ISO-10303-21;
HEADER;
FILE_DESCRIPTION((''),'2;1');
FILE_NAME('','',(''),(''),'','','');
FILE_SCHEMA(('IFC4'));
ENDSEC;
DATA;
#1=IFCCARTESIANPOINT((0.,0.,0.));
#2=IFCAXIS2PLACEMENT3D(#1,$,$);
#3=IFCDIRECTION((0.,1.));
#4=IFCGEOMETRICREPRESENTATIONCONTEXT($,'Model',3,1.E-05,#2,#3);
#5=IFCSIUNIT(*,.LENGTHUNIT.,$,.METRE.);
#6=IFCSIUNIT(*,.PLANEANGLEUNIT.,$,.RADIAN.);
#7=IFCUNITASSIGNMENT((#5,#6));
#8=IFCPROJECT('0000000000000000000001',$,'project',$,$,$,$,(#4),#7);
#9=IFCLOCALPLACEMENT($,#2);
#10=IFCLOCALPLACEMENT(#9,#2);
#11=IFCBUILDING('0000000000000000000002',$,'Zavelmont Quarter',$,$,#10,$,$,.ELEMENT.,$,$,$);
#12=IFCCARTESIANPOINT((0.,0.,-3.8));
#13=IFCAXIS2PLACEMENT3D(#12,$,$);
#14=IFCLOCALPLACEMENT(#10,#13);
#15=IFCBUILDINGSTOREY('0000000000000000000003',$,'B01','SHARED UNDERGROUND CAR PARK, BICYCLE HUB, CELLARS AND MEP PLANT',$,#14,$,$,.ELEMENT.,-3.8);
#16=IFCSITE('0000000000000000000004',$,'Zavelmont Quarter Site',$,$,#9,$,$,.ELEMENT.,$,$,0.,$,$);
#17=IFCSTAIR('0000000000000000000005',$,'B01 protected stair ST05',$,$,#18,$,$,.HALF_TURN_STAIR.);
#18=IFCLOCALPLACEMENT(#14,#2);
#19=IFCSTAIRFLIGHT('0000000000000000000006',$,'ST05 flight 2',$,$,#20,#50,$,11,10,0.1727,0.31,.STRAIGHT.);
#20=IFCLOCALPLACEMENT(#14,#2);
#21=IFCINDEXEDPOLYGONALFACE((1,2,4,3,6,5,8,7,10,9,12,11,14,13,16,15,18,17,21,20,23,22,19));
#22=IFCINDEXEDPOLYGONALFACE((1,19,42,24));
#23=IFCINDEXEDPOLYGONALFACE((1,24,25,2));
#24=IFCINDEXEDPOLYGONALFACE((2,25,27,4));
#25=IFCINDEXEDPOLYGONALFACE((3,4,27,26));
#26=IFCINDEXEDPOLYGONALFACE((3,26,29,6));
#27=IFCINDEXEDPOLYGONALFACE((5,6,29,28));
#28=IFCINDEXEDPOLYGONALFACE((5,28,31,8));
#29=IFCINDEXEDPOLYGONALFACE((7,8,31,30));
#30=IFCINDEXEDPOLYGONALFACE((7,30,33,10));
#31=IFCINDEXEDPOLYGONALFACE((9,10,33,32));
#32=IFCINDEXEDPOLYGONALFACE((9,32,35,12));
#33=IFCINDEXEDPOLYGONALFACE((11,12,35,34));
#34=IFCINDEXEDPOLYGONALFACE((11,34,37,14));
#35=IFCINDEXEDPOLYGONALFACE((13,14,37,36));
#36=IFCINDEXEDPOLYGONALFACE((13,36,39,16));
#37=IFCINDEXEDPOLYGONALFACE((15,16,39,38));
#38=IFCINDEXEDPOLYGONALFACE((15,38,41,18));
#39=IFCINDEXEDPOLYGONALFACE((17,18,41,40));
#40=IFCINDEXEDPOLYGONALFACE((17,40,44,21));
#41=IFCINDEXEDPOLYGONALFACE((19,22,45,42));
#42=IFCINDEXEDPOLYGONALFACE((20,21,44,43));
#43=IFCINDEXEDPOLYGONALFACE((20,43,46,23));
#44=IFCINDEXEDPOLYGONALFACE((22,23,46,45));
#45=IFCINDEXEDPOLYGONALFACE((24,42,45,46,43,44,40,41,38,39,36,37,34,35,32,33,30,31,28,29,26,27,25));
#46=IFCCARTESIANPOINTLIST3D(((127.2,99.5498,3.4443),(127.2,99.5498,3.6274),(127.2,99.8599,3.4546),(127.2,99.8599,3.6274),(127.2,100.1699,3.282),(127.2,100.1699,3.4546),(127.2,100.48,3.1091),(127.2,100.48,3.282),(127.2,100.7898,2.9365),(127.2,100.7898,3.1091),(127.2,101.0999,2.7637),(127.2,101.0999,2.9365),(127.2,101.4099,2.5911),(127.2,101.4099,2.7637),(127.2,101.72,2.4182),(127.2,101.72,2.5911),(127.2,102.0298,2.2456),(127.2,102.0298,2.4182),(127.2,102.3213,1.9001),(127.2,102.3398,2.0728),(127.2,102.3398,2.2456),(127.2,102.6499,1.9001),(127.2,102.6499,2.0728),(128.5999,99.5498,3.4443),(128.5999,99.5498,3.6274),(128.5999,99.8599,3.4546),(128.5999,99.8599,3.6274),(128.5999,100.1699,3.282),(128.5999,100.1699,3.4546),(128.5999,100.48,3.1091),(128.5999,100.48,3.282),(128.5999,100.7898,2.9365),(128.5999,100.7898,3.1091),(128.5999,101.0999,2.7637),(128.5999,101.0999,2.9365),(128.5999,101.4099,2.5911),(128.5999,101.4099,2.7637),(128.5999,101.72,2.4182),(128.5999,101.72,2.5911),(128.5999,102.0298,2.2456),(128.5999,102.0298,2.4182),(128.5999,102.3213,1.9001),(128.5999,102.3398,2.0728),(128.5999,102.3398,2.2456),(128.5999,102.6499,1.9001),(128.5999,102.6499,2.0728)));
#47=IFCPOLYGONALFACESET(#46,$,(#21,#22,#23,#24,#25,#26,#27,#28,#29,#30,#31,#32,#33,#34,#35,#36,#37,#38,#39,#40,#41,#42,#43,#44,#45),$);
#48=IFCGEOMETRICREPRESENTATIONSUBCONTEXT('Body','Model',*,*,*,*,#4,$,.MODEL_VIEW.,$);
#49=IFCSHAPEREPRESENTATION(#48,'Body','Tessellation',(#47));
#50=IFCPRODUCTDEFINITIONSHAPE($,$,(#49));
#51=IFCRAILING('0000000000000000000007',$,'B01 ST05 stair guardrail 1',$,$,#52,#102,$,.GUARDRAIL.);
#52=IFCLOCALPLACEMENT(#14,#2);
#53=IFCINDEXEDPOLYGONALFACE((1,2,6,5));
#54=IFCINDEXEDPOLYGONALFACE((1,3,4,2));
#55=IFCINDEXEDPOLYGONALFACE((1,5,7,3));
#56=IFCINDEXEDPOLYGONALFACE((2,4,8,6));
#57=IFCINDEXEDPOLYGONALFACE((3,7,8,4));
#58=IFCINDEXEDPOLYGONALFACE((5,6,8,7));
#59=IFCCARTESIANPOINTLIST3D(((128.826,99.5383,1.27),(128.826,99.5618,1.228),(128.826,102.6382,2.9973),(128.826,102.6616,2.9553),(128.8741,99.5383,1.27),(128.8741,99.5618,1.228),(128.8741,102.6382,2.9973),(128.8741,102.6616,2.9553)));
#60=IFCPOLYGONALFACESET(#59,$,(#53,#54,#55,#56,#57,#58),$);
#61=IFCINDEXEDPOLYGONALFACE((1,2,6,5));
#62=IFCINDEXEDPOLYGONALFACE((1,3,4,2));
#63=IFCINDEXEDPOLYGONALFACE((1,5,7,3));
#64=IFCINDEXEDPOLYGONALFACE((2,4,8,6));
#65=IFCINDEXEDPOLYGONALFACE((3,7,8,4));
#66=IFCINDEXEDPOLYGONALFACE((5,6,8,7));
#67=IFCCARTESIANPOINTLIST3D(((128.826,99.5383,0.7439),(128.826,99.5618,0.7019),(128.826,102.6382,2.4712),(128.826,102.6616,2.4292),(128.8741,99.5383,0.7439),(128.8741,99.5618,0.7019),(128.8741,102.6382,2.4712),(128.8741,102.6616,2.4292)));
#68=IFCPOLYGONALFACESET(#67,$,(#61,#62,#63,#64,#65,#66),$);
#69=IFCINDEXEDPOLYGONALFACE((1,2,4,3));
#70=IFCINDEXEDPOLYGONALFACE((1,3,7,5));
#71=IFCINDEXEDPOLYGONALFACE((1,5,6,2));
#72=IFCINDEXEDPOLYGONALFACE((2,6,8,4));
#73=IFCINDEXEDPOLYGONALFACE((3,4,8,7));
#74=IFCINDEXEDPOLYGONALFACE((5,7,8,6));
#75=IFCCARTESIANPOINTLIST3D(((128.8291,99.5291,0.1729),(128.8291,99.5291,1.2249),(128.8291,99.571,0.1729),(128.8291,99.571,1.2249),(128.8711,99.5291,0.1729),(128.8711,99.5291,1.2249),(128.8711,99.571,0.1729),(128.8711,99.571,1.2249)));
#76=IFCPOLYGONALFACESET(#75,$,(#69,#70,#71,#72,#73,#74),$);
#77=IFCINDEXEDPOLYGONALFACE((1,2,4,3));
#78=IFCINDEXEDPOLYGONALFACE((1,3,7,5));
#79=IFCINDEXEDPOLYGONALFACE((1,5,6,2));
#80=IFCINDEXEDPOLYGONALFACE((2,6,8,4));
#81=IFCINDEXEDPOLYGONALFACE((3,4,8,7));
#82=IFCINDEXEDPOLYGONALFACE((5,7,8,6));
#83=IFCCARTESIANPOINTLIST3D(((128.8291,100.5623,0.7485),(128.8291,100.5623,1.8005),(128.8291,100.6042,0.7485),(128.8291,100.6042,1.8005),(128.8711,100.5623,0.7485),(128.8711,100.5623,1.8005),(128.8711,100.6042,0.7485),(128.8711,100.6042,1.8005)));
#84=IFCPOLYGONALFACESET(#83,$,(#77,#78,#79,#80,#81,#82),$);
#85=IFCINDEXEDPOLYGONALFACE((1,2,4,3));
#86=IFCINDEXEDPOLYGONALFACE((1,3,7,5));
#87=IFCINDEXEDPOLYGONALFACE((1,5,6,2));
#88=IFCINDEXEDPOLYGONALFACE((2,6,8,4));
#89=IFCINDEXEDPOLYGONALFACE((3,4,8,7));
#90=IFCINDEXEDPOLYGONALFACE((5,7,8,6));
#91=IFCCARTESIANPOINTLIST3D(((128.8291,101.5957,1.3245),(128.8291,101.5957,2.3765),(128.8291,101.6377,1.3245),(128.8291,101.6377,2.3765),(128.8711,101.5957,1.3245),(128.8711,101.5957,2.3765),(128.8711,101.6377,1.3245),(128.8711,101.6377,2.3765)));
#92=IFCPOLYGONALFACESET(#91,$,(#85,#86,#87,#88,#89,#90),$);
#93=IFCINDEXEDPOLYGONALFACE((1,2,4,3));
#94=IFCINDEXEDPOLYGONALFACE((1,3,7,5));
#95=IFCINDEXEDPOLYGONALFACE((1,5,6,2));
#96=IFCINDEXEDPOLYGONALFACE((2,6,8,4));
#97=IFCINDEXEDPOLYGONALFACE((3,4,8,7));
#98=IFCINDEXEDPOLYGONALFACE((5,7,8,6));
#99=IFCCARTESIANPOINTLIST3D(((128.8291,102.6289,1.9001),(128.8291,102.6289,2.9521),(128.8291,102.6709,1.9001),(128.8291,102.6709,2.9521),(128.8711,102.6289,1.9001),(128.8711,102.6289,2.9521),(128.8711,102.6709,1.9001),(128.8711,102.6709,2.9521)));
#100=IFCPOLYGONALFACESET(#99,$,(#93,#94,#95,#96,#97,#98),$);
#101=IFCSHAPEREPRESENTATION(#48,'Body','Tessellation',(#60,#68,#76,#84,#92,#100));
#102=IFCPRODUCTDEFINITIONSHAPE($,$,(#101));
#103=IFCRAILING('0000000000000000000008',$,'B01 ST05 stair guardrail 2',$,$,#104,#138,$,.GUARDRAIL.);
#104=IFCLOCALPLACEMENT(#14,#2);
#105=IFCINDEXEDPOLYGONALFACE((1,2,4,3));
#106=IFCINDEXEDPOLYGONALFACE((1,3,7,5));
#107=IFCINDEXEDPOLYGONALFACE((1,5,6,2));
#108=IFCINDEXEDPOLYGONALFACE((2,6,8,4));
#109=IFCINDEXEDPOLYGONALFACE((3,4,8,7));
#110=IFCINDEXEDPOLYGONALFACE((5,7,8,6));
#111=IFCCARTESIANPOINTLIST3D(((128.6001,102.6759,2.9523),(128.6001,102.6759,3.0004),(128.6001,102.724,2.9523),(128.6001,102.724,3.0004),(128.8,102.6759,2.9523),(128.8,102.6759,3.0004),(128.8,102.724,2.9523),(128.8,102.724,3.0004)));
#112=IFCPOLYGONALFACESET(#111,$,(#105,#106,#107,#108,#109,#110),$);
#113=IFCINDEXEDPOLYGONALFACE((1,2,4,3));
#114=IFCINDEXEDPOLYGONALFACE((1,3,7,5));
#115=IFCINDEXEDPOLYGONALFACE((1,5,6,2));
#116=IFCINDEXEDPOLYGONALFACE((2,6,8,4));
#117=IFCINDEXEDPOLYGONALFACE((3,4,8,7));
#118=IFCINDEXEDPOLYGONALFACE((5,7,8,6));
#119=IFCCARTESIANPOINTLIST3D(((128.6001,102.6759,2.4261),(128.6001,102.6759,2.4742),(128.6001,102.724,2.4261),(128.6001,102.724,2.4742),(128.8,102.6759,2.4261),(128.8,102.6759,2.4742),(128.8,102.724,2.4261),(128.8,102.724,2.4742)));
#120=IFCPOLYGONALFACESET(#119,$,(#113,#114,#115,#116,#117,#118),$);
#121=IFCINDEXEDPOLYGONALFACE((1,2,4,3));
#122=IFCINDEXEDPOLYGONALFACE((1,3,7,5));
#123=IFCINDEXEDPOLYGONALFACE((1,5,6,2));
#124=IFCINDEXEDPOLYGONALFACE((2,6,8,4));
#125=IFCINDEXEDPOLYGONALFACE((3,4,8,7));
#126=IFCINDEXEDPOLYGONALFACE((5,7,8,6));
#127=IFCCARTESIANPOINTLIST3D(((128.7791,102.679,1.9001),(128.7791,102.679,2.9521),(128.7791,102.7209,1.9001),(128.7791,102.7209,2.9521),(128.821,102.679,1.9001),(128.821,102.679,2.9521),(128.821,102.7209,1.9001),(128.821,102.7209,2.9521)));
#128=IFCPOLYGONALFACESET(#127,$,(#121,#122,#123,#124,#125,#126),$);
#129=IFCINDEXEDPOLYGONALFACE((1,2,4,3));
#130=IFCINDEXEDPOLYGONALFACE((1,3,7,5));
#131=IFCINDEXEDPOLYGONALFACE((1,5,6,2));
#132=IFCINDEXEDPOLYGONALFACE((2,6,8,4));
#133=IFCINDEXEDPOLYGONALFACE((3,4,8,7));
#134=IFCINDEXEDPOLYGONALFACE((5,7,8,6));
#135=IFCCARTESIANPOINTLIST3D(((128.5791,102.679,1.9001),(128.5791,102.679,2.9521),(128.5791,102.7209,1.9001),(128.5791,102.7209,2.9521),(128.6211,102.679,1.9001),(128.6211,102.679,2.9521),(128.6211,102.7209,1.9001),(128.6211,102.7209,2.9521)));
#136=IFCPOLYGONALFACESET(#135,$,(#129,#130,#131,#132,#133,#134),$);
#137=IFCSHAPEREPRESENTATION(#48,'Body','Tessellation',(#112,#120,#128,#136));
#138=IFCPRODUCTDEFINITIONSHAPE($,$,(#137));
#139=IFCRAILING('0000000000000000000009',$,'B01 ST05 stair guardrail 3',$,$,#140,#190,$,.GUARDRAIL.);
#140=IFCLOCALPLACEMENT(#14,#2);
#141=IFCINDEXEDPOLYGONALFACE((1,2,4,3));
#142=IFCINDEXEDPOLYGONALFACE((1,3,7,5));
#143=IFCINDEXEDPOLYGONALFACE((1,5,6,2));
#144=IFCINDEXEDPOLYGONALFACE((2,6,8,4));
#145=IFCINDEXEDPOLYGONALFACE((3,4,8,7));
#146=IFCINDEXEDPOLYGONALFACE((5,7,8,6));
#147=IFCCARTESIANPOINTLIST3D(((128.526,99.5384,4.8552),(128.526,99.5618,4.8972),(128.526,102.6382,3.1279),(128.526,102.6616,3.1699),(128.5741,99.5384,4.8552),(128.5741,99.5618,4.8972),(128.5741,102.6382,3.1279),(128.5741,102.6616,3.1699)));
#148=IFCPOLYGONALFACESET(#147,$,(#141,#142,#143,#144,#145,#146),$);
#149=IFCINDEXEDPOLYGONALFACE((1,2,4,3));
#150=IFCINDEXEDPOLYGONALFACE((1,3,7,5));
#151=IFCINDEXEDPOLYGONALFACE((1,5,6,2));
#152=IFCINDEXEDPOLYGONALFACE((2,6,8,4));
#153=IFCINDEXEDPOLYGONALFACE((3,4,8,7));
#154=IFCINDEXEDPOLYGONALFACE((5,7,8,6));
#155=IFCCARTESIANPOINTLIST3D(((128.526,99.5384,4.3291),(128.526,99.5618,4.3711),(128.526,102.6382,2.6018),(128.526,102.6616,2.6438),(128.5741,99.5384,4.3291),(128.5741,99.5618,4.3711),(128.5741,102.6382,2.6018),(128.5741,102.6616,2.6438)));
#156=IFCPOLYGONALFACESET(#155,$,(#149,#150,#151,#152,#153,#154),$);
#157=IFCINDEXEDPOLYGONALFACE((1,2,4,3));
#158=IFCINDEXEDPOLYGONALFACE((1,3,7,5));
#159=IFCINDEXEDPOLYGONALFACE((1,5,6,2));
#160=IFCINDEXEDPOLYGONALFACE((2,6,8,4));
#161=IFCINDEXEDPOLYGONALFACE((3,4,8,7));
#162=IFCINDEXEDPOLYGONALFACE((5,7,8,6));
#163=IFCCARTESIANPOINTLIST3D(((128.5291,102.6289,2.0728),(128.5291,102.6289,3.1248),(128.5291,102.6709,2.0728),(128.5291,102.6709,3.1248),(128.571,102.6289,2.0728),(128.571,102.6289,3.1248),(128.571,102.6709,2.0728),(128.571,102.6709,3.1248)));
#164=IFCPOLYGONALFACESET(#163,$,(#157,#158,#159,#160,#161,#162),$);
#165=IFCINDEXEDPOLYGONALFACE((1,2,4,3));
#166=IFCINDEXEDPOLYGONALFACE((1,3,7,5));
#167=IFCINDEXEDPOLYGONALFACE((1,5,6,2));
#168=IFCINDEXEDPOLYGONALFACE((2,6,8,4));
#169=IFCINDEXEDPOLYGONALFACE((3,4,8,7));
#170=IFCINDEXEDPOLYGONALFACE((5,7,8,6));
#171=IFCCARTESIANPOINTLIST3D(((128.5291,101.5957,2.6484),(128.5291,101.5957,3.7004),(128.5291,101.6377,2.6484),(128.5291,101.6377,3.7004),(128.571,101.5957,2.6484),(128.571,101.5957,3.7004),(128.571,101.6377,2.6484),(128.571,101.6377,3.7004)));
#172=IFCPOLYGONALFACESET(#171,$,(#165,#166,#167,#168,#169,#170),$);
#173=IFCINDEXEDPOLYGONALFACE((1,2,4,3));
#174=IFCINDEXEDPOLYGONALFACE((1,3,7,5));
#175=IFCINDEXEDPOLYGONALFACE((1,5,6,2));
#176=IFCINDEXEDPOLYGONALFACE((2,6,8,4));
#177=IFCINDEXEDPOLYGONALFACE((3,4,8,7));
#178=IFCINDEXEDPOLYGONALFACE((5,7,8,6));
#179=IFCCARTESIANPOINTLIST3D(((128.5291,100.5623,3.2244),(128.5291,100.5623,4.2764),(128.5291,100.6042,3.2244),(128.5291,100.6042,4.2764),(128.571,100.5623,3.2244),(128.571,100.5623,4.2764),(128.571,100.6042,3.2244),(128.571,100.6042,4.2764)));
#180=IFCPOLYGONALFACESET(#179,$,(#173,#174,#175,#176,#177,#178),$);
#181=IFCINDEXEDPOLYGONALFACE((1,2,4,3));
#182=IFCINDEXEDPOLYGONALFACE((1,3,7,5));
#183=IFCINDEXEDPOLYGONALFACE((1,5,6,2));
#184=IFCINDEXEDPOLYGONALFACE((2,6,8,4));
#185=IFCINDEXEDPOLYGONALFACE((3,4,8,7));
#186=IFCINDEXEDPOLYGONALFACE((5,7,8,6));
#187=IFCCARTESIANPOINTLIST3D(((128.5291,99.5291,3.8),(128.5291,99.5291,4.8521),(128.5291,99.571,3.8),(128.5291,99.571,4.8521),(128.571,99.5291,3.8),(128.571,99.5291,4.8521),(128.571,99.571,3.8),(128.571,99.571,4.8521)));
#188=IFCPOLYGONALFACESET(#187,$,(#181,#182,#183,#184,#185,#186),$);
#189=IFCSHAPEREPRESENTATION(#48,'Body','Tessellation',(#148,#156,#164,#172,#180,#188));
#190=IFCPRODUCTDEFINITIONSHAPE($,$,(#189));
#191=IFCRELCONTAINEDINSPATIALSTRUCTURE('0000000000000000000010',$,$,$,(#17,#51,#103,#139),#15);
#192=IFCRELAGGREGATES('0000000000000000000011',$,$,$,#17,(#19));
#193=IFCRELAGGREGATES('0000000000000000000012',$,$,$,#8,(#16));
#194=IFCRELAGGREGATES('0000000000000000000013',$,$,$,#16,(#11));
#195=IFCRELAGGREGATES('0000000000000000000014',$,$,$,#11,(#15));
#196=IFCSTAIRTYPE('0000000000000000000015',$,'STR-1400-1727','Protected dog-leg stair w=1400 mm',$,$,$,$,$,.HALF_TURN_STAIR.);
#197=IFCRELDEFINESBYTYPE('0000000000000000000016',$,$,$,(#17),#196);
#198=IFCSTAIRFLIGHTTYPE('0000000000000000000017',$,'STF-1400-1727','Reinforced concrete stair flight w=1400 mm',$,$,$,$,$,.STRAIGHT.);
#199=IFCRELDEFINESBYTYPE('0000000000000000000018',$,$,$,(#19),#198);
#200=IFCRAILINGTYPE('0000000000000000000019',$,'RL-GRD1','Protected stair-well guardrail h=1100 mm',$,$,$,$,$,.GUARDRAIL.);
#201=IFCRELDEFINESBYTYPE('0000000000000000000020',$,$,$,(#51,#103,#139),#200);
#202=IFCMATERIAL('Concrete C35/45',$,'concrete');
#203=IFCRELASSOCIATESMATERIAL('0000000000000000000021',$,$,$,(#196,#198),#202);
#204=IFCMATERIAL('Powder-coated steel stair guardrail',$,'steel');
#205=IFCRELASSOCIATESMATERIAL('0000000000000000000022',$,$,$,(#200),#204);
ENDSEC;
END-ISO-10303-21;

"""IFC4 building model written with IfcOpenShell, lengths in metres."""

from ifc_helpers import new_model, si_unit, direction, frame, origin, origin_2d, place, context, subcontext, project, spatial, polyline, rectangle, outline, extrude, material, type_object, element, aggregate, save


model = new_model("IFC4")

# Units and contexts
model_context = context("Model", 3, precision=1e-05, world=origin(), true_north=direction((0.0, 1.0)))
body_context = subcontext(model_context, "Body", "Model", "MODEL_VIEW")
ifc_project = project(units=[si_unit("LENGTHUNIT", "METRE"), si_unit("PLANEANGLEUNIT", "RADIAN")], contexts=[model_context])

# Site, building, storey
site_placement = place(None, origin())
site = spatial("IfcSite", under=ifc_project, at=site_placement, Name="Zavelmont Quarter Site", CompositionType="ELEMENT", RefElevation=0.0)
building_placement = place(site_placement, origin())
building = spatial("IfcBuilding", under=site, at=building_placement, Name="Zavelmont Quarter", CompositionType="ELEMENT")
storey_placement = place(building_placement, frame((0.0, 0.0, -3.8)))
storey = spatial("IfcBuildingStorey", under=building, at=storey_placement, Name="B01", Description="SHARED UNDERGROUND CAR PARK, BICYCLE HUB, CELLARS AND MEP PLANT", CompositionType="ELEMENT", Elevation=-3.8)

# Shared definitions
ifc_material_1 = material(Name="Concrete C35/45", Category="concrete")

# Stair, stair flight
stair_type = type_object("IfcStairType", Name="STR-1400-1727", Description="Protected dog-leg stair w=1400 mm", PredefinedType="HALF_TURN_STAIR", material=ifc_material_1)
stair_placement = place(storey_placement, origin())
stair = element("IfcStair", 1, at=stair_placement, inside=storey, type_object=stair_type, Name="B01 protected stair ST05", PredefinedType="HALF_TURN_STAIR")
stair_flight_type = type_object("IfcStairFlightType", Name="STF-1400-1727", Description="Reinforced concrete stair flight w=1400 mm", PredefinedType="STRAIGHT", material=ifc_material_1)
stair_flight_1_placement = place(storey_placement, frame((127.8999, 102.6499, 1.9001), z_axis=(0.0, 0.0, 1.0), x_axis=(0.0, -1.0, 0.0)))
stair_flight_1 = element("IfcStairFlight", 2, at=stair_flight_1_placement, type_object=stair_flight_type, Name="ST05 flight 2", NumberOfRisers=11, NumberOfTreads=10, PredefinedType="STRAIGHT", RiserHeight=0.1727, TreadLength=0.31, context=body_context, shape_type="SweptSolid", body=[
    extrude(outline(polyline([(0.0, 0.0), (0.0, 0.1726), (0.3101, 0.1726), (0.3101, 0.3455), (0.6201, 0.3455), (0.6201, 0.5181), (0.9299, 0.5181), (0.9299, 0.6909), (1.24, 0.6909), (1.24, 0.8635), (1.55, 0.8635), (1.55, 1.0364), (1.8601, 1.0364), (1.8601, 1.209), (2.1699, 1.209), (2.1699, 1.3818), (2.48, 1.3818), (2.48, 1.5544), (2.79, 1.5544), (2.79, 1.7273), (3.1001, 1.7273), (3.1001, 1.8999), (3.1001, 1.5442), (0.3286, 0.0), (0.0, 0.0)])), frame((0.0, 0.7, 0.0), z_axis=(0.0, -1.0, 0.0), x_axis=(1.0, 0.0, 0.0)), (0.0, 0.0, 1.0), 1.3999),
])
aggregate(stair, [stair_flight_1])

# Railings
ifc_material_2 = material(Name="Powder-coated steel stair guardrail", Category="steel")
railing_type_1 = type_object("IfcRailingType", Name="RL-GRD1", Description="Protected stair-well guardrail h=1100 mm", PredefinedType="GUARDRAIL", material=ifc_material_2)
railing_1_placement = place(storey_placement, frame((128.8501, 99.55, 0.1729)))
element("IfcRailing", 3, at=railing_1_placement, inside=storey, type_object=railing_type_1, Name="B01 ST05 stair guardrail 1", PredefinedType="GUARDRAIL", context=body_context, shape_type="SweptSolid", body=[
    extrude(rectangle(XDim=0.0481, YDim=0.0481, at=origin_2d()), frame((0.0, 0.0, 1.0762), z_axis=(0.0, 0.87354, 0.486752), x_axis=(-1.0, 0.0, 0.0)), (0.0, 0.0, 1.0), 3.5486),
    extrude(rectangle(XDim=0.0481, YDim=0.0481, at=origin_2d()), frame((0.0, 0.0, 0.55), z_axis=(0.0, 0.87354, 0.486752), x_axis=(-1.0, 0.0, 0.0)), (0.0, 0.0, 1.0), 3.5486),
    extrude(rectangle(XDim=0.042, YDim=0.042, at=origin_2d()), origin(), (0.0, 0.0, 1.0), 1.052),
    extrude(rectangle(XDim=0.042, YDim=0.042, at=origin_2d()), frame((0.0, 1.0332, 0.5757)), (0.0, 0.0, 1.0), 1.052),
    extrude(rectangle(XDim=0.042, YDim=0.042, at=origin_2d()), frame((0.0, 2.0667, 1.1516)), (0.0, 0.0, 1.0), 1.052),
    extrude(rectangle(XDim=0.042, YDim=0.042, at=origin_2d()), frame((0.0, 3.0999, 1.7273)), (0.0, 0.0, 1.0), 1.052),
])
railing_2_placement = place(storey_placement, frame((128.8, 102.7, 1.9001)))
element("IfcRailing", 4, at=railing_2_placement, inside=storey, type_object=railing_type_1, Name="B01 ST05 stair guardrail 2", PredefinedType="GUARDRAIL", context=body_context, shape_type="SweptSolid", body=[
    extrude(rectangle(XDim=0.0481, YDim=0.0481, at=origin_2d()), frame((0.0, 0.0, 1.0762), z_axis=(-1.0, 0.0, 0.0), x_axis=(0.0, -1.0, 0.0)), (0.0, 0.0, 1.0), 0.2),
    extrude(rectangle(XDim=0.0481, YDim=0.0481, at=origin_2d()), frame((0.0, 0.0, 0.55), z_axis=(-1.0, 0.0, 0.0), x_axis=(0.0, -1.0, 0.0)), (0.0, 0.0, 1.0), 0.2),
    extrude(rectangle(XDim=0.042, YDim=0.042, at=origin_2d()), origin(), (0.0, 0.0, 1.0), 1.052),
    extrude(rectangle(XDim=0.042, YDim=0.042, at=origin_2d()), frame((-0.2, 0.0, 0.0)), (0.0, 0.0, 1.0), 1.052),
])
railing_3_placement = place(storey_placement, frame((128.55, 102.6499, 2.0728)))
element("IfcRailing", 5, at=railing_3_placement, inside=storey, type_object=railing_type_1, Name="B01 ST05 stair guardrail 3", PredefinedType="GUARDRAIL", context=body_context, shape_type="SweptSolid", body=[
    extrude(rectangle(XDim=0.0481, YDim=0.0481, at=origin_2d()), frame((0.0, 0.0, 1.0762), z_axis=(0.0, -0.87354, 0.486752), x_axis=(1.0, 0.0, 0.0)), (0.0, 0.0, 1.0), 3.5486),
    extrude(rectangle(XDim=0.0481, YDim=0.0481, at=origin_2d()), frame((0.0, 0.0, 0.55), z_axis=(0.0, -0.87354, 0.486752), x_axis=(1.0, 0.0, 0.0)), (0.0, 0.0, 1.0), 3.5486),
    extrude(rectangle(XDim=0.042, YDim=0.042, at=origin_2d()), origin(), (0.0, 0.0, 1.0), 1.052),
    extrude(rectangle(XDim=0.042, YDim=0.042, at=origin_2d()), frame((0.0, -1.0332, 0.5757)), (0.0, 0.0, 1.0), 1.052),
    extrude(rectangle(XDim=0.042, YDim=0.042, at=origin_2d()), frame((0.0, -2.0667, 1.1516)), (0.0, 0.0, 1.0), 1.052),
    extrude(rectangle(XDim=0.042, YDim=0.042, at=origin_2d()), frame((0.0, -3.0999, 1.7273)), (0.0, 0.0, 1.0), 1.052),
])

save(model, "model.ifc")
